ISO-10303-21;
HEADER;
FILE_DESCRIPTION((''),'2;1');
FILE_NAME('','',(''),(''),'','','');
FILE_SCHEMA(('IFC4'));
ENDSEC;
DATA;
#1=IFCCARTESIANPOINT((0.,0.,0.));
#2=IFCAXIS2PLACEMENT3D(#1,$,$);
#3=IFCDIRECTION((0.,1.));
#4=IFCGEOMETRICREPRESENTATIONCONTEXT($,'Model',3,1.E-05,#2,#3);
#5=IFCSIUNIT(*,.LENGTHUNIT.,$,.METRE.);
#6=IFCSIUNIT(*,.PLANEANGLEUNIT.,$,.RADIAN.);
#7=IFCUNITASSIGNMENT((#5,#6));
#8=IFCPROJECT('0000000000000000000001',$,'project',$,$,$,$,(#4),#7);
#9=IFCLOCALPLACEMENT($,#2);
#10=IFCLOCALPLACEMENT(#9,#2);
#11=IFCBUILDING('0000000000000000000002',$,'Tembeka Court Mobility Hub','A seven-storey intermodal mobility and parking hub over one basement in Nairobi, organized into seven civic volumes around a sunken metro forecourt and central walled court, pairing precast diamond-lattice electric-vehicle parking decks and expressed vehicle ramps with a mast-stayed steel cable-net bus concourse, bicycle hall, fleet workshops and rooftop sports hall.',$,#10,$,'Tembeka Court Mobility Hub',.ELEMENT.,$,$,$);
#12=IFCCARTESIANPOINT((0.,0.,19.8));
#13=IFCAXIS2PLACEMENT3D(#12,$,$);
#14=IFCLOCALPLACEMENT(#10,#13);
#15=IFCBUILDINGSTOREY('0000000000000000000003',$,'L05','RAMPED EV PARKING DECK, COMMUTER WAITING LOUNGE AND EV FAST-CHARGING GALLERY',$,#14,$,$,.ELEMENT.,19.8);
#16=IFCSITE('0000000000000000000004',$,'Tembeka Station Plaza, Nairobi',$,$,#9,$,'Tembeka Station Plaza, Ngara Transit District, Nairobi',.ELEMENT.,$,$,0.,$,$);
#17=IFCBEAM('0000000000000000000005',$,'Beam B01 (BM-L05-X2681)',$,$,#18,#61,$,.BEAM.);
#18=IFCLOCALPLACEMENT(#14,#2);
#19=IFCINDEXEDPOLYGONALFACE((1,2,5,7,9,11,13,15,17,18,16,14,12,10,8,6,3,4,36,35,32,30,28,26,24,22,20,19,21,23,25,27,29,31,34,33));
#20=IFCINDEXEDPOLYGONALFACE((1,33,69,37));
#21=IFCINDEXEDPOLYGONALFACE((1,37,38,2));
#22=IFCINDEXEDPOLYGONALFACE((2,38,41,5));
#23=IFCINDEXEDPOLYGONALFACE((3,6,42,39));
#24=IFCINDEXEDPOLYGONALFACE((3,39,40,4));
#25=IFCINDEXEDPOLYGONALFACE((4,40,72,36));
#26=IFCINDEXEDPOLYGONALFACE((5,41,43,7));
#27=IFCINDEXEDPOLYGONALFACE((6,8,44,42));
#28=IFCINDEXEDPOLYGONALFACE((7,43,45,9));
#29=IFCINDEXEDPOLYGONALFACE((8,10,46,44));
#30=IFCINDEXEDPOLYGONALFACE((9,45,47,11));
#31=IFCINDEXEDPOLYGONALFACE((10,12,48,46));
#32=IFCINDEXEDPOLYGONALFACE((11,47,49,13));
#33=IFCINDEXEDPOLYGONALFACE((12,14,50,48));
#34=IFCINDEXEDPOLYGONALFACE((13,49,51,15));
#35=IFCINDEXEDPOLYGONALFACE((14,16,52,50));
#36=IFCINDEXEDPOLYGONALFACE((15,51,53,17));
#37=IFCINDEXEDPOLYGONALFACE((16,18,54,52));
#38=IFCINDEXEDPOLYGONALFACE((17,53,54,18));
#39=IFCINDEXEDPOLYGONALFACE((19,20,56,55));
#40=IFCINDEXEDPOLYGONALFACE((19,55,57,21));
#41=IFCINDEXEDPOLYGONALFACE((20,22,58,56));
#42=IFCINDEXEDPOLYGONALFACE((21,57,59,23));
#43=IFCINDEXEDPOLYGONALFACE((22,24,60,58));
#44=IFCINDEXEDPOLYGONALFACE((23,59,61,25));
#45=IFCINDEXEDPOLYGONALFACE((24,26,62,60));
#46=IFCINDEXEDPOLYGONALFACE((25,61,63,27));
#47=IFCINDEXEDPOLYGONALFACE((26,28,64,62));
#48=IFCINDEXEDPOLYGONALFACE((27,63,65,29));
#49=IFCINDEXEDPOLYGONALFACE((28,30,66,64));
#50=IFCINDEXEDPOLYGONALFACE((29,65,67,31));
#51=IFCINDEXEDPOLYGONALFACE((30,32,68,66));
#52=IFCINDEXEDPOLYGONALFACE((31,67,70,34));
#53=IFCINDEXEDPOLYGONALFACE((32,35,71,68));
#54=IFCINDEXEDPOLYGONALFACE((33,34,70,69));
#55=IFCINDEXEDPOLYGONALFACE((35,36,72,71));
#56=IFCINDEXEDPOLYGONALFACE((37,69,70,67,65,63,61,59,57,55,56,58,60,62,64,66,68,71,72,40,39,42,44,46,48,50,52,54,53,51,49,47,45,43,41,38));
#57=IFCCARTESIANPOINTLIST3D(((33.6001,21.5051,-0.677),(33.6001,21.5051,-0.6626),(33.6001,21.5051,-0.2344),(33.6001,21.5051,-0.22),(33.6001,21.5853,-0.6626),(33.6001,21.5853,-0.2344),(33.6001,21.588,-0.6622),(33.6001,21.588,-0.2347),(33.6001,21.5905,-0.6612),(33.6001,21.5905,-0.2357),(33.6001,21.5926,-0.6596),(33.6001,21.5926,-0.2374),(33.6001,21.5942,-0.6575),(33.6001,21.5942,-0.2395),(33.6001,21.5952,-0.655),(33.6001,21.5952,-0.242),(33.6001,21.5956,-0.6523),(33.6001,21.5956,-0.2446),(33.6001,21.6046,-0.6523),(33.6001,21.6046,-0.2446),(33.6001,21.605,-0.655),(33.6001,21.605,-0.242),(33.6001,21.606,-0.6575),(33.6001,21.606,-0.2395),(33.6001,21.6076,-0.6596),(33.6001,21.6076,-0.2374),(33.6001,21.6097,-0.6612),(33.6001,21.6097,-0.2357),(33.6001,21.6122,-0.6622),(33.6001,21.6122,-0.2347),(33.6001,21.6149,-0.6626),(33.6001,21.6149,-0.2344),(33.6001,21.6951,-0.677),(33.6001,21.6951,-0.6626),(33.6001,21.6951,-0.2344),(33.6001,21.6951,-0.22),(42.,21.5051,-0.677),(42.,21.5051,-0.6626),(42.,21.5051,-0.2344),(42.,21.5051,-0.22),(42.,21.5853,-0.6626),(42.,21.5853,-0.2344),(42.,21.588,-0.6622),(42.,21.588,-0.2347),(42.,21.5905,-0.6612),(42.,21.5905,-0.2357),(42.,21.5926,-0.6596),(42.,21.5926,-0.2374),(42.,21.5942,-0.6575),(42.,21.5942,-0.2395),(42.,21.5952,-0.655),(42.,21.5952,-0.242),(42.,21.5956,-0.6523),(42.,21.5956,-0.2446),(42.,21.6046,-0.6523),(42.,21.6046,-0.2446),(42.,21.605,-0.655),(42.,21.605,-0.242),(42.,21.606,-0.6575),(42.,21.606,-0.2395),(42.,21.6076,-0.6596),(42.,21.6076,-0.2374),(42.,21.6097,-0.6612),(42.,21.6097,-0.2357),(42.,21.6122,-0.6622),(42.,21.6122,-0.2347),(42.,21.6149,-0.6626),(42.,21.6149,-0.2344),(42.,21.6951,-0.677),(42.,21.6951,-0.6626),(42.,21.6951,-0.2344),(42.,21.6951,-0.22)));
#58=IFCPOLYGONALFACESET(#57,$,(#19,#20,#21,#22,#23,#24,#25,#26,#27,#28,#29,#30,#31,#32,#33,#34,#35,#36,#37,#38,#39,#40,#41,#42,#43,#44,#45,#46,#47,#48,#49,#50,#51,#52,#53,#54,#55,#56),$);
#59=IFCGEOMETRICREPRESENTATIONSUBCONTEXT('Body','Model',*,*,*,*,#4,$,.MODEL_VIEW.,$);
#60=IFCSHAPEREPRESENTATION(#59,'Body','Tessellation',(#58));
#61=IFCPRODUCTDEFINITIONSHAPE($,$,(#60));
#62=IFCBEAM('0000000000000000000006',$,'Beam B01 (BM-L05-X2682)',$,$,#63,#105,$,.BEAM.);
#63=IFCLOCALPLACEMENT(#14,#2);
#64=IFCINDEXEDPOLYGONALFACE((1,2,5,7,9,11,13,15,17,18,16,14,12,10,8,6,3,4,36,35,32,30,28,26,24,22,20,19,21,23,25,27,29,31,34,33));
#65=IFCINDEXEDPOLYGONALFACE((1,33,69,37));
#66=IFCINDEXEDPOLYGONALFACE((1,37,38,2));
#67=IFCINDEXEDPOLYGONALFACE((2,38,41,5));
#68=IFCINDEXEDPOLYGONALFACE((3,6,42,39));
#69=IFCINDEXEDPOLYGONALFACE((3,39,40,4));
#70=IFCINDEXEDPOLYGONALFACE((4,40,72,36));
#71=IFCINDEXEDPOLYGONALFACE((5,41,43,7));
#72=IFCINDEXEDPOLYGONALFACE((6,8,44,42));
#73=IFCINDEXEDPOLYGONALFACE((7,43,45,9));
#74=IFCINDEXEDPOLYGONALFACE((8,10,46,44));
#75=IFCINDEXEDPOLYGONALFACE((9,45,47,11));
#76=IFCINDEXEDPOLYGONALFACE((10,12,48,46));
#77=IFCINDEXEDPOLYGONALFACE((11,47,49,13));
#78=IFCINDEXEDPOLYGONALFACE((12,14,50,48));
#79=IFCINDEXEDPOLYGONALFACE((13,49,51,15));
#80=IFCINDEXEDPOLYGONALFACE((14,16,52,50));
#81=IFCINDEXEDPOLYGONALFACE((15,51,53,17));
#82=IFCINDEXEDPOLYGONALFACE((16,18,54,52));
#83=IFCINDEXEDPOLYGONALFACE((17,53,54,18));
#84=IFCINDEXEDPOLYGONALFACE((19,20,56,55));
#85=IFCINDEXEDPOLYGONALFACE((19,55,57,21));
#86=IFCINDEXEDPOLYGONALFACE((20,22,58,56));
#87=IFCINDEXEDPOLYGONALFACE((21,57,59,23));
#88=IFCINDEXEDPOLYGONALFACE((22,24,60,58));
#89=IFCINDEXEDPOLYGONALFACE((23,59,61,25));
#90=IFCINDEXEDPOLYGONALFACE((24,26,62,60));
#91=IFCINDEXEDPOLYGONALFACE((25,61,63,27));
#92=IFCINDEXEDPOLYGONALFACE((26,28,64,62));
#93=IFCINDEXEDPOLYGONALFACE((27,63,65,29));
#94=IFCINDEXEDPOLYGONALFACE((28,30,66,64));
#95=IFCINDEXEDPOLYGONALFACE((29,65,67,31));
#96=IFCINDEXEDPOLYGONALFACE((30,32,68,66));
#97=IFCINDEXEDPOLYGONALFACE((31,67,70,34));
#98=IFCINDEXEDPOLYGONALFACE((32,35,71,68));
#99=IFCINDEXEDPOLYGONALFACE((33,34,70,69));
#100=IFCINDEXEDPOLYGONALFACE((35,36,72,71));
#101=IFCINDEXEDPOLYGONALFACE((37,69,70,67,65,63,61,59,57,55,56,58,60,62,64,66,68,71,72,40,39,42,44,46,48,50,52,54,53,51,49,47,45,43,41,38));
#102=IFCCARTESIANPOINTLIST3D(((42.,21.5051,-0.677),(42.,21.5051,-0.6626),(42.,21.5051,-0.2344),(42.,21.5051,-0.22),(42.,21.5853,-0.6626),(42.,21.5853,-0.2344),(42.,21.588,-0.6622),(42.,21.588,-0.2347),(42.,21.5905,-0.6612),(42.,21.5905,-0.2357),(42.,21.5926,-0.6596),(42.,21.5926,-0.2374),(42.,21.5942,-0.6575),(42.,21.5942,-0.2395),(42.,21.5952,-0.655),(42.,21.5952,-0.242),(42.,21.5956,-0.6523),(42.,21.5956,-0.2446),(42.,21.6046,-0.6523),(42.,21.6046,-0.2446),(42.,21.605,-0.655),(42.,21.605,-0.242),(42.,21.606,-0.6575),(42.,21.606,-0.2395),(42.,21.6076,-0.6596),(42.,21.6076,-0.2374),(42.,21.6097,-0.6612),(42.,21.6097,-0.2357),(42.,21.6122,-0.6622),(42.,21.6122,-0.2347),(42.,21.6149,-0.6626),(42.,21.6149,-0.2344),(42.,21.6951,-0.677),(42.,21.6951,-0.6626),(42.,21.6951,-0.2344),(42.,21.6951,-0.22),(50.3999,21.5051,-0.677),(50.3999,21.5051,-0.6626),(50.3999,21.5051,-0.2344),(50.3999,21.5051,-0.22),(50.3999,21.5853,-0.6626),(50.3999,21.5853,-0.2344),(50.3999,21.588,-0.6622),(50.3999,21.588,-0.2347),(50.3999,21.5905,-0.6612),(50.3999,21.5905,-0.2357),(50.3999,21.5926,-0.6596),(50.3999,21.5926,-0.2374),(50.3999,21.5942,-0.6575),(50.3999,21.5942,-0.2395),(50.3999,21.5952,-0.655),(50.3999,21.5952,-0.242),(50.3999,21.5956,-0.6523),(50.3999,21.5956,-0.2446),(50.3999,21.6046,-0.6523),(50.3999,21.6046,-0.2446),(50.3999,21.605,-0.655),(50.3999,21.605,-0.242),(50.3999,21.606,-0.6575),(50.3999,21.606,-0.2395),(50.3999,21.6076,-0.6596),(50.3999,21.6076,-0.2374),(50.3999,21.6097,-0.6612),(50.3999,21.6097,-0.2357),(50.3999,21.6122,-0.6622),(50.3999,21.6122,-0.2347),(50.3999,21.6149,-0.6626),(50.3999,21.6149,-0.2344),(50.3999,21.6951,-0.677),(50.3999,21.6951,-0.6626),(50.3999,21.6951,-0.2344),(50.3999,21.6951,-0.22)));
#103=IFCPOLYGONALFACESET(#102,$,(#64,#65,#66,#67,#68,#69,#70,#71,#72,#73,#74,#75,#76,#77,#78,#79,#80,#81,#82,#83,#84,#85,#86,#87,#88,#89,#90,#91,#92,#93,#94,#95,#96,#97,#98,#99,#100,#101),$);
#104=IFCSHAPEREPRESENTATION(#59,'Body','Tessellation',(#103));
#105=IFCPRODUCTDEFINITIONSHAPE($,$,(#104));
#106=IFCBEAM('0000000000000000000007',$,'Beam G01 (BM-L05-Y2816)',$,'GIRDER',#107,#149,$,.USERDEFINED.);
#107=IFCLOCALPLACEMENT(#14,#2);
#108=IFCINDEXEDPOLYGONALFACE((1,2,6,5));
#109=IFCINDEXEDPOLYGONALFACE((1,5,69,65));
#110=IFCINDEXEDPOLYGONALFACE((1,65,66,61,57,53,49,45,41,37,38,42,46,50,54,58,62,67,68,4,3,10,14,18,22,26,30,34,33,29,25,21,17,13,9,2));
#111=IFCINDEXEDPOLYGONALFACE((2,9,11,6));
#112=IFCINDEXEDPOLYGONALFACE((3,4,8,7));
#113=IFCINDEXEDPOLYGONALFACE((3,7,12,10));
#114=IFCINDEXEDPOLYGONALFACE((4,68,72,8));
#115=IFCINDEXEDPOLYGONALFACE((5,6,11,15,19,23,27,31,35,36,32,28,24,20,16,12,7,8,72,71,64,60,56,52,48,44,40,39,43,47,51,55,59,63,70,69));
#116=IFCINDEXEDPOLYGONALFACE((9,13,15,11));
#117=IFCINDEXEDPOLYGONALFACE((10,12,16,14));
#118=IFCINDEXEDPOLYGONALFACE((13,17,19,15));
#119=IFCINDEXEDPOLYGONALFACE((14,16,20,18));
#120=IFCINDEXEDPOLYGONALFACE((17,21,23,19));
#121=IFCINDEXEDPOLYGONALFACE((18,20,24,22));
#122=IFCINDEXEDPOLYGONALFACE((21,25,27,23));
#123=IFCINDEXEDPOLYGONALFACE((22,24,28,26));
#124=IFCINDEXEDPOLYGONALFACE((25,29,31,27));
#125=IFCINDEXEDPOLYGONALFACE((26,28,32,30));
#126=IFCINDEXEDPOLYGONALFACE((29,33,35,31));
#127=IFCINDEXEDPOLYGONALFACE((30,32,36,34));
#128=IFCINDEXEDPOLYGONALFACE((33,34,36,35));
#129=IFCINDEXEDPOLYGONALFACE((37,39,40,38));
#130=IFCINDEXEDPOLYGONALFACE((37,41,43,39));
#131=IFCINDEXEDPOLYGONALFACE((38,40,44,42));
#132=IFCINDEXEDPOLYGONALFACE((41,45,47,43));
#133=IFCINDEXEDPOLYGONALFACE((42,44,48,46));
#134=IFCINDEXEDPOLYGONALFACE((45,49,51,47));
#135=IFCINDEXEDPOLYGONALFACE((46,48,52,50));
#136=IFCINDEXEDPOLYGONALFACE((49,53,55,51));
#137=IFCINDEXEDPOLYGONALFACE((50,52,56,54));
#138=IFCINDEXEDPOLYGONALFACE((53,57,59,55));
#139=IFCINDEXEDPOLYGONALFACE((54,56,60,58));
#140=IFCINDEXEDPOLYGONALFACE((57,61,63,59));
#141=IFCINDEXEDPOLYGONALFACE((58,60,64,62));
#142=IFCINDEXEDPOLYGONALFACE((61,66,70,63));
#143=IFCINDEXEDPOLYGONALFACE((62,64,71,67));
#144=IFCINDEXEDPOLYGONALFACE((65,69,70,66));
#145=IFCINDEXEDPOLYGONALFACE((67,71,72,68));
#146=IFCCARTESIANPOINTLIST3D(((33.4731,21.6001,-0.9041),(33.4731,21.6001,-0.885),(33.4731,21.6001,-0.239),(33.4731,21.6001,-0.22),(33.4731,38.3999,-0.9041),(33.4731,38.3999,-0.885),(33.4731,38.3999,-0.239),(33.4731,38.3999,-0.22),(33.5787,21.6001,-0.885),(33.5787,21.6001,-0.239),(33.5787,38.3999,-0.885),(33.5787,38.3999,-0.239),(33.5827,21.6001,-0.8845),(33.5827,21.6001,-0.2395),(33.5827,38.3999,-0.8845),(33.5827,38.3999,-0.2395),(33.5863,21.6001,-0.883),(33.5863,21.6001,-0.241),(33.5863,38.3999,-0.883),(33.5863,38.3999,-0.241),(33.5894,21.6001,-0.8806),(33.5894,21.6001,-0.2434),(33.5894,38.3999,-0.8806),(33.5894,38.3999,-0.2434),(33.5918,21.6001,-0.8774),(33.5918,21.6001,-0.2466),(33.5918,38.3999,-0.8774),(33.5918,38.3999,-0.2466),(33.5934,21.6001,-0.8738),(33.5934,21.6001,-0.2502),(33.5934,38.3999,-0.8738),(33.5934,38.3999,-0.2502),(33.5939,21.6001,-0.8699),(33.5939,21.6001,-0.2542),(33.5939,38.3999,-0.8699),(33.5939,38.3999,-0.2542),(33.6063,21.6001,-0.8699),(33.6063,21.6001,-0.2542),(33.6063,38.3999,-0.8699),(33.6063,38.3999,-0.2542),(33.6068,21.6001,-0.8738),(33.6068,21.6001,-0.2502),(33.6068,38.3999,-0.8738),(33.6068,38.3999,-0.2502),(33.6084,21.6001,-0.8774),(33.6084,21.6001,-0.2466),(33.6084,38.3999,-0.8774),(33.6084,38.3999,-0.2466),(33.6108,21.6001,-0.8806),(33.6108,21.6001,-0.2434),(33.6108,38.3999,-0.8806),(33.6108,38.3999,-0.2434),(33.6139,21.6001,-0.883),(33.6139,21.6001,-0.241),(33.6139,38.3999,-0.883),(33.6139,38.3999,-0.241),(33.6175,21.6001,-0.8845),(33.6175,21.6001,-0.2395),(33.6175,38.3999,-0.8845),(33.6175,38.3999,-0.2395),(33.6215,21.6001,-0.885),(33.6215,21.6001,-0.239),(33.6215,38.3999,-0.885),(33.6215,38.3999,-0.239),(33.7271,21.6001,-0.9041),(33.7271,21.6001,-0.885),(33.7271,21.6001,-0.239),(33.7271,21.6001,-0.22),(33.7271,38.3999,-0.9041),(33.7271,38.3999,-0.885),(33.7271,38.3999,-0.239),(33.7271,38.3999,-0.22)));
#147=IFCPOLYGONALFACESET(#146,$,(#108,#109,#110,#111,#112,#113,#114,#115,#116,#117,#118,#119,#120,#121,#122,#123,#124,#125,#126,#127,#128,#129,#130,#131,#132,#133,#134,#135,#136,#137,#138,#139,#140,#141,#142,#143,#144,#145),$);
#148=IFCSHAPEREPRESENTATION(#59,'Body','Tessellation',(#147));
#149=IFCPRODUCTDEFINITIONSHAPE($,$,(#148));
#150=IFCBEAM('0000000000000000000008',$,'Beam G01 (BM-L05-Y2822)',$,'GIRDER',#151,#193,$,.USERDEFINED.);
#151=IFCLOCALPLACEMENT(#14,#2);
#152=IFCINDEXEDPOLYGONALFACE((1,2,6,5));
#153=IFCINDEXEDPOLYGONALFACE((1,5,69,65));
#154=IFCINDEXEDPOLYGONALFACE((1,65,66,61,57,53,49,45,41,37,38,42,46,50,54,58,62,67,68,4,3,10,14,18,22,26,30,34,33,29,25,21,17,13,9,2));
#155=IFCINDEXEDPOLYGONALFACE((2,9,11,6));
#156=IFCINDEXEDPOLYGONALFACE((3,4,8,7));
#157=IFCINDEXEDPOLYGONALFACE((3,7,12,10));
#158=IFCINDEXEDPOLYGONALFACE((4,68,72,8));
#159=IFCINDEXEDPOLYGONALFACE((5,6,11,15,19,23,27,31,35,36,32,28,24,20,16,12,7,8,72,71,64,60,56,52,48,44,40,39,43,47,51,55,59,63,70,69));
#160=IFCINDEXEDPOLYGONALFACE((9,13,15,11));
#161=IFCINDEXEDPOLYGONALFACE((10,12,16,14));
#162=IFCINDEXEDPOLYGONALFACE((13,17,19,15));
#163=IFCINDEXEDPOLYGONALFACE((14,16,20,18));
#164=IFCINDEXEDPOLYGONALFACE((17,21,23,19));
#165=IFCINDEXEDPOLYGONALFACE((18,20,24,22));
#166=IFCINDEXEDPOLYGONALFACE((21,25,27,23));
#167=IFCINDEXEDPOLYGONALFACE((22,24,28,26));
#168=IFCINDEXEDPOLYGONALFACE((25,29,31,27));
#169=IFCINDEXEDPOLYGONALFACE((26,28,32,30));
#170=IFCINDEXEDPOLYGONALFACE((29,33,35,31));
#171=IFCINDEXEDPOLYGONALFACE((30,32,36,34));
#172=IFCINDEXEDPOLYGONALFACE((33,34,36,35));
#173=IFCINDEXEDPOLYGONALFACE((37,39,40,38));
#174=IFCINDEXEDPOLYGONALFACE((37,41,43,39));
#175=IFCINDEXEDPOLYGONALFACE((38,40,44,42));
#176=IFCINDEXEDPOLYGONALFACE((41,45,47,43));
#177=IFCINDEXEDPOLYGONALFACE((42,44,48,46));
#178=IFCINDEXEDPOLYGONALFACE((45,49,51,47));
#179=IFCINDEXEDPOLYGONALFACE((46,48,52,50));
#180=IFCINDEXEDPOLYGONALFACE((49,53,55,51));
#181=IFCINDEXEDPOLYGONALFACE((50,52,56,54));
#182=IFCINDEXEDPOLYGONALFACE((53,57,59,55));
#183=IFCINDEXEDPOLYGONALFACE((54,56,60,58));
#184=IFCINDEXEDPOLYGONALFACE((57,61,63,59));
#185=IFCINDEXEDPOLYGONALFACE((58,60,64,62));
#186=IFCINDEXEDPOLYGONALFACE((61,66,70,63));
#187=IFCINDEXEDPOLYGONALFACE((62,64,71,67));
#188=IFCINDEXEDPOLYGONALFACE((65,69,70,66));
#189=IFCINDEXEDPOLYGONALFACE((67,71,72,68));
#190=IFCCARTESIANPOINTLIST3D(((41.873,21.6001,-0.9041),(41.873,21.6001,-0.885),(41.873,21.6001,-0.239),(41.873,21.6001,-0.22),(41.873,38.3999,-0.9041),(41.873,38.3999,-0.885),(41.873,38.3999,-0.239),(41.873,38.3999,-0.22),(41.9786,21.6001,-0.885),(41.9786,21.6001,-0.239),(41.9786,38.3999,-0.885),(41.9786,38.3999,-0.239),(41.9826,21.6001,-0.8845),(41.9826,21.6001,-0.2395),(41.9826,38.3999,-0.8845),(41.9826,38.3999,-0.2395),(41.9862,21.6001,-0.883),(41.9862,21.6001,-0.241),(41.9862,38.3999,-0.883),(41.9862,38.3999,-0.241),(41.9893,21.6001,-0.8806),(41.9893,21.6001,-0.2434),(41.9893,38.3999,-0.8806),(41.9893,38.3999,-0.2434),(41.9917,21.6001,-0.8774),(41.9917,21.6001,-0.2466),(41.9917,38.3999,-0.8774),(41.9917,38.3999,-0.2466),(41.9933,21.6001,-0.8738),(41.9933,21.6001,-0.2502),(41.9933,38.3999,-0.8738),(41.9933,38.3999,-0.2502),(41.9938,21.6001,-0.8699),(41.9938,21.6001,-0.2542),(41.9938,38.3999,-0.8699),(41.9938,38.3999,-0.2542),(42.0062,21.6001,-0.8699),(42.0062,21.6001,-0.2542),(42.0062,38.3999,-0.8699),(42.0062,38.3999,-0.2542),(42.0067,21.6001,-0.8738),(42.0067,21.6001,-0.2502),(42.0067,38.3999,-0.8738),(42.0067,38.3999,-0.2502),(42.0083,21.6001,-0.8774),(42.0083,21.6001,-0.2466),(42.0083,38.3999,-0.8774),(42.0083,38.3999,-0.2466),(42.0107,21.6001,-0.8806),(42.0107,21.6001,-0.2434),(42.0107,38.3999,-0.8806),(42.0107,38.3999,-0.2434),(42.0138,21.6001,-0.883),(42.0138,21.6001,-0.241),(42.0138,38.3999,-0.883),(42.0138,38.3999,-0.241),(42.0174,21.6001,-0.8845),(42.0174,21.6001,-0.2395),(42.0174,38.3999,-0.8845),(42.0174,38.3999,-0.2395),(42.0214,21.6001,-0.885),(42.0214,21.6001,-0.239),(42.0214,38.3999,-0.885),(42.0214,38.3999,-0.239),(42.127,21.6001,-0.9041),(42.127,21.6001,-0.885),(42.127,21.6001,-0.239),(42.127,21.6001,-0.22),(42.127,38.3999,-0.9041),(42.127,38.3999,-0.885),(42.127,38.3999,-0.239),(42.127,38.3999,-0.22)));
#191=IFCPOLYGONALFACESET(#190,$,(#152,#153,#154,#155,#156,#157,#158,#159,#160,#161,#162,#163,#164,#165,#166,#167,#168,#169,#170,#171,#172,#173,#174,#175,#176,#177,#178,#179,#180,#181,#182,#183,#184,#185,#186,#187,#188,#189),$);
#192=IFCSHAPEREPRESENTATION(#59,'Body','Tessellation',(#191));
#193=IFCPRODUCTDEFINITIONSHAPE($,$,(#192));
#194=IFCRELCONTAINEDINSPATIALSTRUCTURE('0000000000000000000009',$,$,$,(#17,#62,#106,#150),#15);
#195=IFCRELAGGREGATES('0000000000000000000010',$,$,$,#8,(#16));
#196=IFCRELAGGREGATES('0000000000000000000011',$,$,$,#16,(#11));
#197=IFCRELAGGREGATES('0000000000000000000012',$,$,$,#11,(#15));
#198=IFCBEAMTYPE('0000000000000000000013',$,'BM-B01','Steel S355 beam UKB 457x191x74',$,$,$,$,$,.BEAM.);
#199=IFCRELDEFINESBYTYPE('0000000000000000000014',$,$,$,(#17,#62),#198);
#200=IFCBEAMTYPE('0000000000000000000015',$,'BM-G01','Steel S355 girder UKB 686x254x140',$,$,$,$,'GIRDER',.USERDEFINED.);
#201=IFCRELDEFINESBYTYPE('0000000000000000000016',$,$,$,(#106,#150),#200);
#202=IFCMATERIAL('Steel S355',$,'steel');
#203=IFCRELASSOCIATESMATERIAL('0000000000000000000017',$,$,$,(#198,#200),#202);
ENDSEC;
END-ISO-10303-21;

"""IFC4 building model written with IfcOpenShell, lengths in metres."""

from ifc_helpers import new_model, si_unit, direction, frame, origin, origin_2d, place, context, subcontext, project, spatial, i_section, extrude, material, material_profile, profile_set, type_object, element, save


model = new_model("IFC4")

# Units and contexts
model_context = context("Model", 3, precision=1e-05, world=origin(), true_north=direction((0.0, 1.0)))
body_context = subcontext(model_context, "Body", "Model", "MODEL_VIEW")
ifc_project = project(units=[si_unit("LENGTHUNIT", "METRE"), si_unit("PLANEANGLEUNIT", "RADIAN")], contexts=[model_context])

# Site, building, storey
site_placement = place(None, origin())
site = spatial("IfcSite", under=ifc_project, at=site_placement, Name="Tembeka Station Plaza, Nairobi", LongName="Tembeka Station Plaza, Ngara Transit District, Nairobi", CompositionType="ELEMENT", RefElevation=0.0)
building_placement = place(site_placement, origin())
building = spatial("IfcBuilding", under=site, at=building_placement, Name="Tembeka Court Mobility Hub", Description="A seven-storey intermodal mobility and parking hub over one basement in Nairobi, organized into seven civic volumes around a sunken metro forecourt and central walled court, pairing precast diamond-lattice electric-vehicle parking decks and expressed vehicle ramps with a mast-stayed steel cable-net bus concourse, bicycle hall, fleet workshops and rooftop sports hall.", LongName="Tembeka Court Mobility Hub", CompositionType="ELEMENT")
storey_placement = place(building_placement, frame((0.0, 0.0, 19.8)))
storey = spatial("IfcBuildingStorey", under=building, at=storey_placement, Name="L05", Description="RAMPED EV PARKING DECK, COMMUTER WAITING LOUNGE AND EV FAST-CHARGING GALLERY", CompositionType="ELEMENT", Elevation=19.8)

# Shared definitions
ifc_material_1 = material(Name="Steel S355", Category="steel")

# Beams
ifc_material_profile_1 = material_profile(ifc_material_1, i_section(OverallWidth=0.1899, OverallDepth=0.457, WebThickness=0.009, FlangeThickness=0.0144, FilletRadius=0.0103, at=origin_2d()), Name="UKB 457x191x74")
ifc_profile_set_1 = profile_set([ifc_material_profile_1], Name="Steel S355")
beam_type_1 = type_object("IfcBeamType", Name="BM-B01", Description="Steel S355 beam UKB 457x191x74", PredefinedType="BEAM", material=ifc_profile_set_1)
for number, where, z_axis, x_axis, name in (
    (1, (33.6001, 21.6001, -0.4485), (1.0, 0.0, 0.0), (0.0, 1.0, 0.0), "Beam B01 (BM-L05-X2681)"),
    (2, (42.0, 21.6001, -0.4485), (1.0, 0.0, 0.0), (0.0, 1.0, 0.0), "Beam B01 (BM-L05-X2682)"),
):
    element("IfcBeam", number, at=place(storey_placement, frame(where, z_axis=z_axis, x_axis=x_axis)), inside=storey, type_object=beam_type_1, Name=name, PredefinedType="BEAM", context=body_context, shape_type="SweptSolid", body=[
        extrude(i_section(OverallWidth=0.1899, OverallDepth=0.457, WebThickness=0.009, FlangeThickness=0.0144, FilletRadius=0.0103, at=origin_2d()), origin(), (0.0, 0.0, 1.0), 8.3999),
    ])
ifc_material_profile_2 = material_profile(ifc_material_1, i_section(OverallWidth=0.2539, OverallDepth=0.6841, WebThickness=0.0125, FlangeThickness=0.019, FilletRadius=0.0151, at=origin_2d()), Name="UKB 686x254x140")
ifc_profile_set_2 = profile_set([ifc_material_profile_2], Name="Steel S355")
beam_type_2 = type_object("IfcBeamType", Name="BM-G01", Description="Steel S355 girder UKB 686x254x140", ElementType="GIRDER", PredefinedType="USERDEFINED", material=ifc_profile_set_2)
for number, where, z_axis, x_axis, name in (
    (3, (33.6001, 21.6001, -0.562), (0.0, 1.0, 0.0), (-1.0, 0.0, 0.0), "Beam G01 (BM-L05-Y2816)"),
    (4, (42.0, 21.6001, -0.562), (0.0, 1.0, 0.0), (-1.0, 0.0, 0.0), "Beam G01 (BM-L05-Y2822)"),
):
    element("IfcBeam", number, at=place(storey_placement, frame(where, z_axis=z_axis, x_axis=x_axis)), inside=storey, type_object=beam_type_2, Name=name, ObjectType="GIRDER", PredefinedType="USERDEFINED", context=body_context, shape_type="SweptSolid", body=[
        extrude(i_section(OverallWidth=0.2539, OverallDepth=0.6841, WebThickness=0.0125, FlangeThickness=0.019, FilletRadius=0.0151, at=origin_2d()), origin(), (0.0, 0.0, 1.0), 16.7998),
    ])

save(model, "model.ifc")
